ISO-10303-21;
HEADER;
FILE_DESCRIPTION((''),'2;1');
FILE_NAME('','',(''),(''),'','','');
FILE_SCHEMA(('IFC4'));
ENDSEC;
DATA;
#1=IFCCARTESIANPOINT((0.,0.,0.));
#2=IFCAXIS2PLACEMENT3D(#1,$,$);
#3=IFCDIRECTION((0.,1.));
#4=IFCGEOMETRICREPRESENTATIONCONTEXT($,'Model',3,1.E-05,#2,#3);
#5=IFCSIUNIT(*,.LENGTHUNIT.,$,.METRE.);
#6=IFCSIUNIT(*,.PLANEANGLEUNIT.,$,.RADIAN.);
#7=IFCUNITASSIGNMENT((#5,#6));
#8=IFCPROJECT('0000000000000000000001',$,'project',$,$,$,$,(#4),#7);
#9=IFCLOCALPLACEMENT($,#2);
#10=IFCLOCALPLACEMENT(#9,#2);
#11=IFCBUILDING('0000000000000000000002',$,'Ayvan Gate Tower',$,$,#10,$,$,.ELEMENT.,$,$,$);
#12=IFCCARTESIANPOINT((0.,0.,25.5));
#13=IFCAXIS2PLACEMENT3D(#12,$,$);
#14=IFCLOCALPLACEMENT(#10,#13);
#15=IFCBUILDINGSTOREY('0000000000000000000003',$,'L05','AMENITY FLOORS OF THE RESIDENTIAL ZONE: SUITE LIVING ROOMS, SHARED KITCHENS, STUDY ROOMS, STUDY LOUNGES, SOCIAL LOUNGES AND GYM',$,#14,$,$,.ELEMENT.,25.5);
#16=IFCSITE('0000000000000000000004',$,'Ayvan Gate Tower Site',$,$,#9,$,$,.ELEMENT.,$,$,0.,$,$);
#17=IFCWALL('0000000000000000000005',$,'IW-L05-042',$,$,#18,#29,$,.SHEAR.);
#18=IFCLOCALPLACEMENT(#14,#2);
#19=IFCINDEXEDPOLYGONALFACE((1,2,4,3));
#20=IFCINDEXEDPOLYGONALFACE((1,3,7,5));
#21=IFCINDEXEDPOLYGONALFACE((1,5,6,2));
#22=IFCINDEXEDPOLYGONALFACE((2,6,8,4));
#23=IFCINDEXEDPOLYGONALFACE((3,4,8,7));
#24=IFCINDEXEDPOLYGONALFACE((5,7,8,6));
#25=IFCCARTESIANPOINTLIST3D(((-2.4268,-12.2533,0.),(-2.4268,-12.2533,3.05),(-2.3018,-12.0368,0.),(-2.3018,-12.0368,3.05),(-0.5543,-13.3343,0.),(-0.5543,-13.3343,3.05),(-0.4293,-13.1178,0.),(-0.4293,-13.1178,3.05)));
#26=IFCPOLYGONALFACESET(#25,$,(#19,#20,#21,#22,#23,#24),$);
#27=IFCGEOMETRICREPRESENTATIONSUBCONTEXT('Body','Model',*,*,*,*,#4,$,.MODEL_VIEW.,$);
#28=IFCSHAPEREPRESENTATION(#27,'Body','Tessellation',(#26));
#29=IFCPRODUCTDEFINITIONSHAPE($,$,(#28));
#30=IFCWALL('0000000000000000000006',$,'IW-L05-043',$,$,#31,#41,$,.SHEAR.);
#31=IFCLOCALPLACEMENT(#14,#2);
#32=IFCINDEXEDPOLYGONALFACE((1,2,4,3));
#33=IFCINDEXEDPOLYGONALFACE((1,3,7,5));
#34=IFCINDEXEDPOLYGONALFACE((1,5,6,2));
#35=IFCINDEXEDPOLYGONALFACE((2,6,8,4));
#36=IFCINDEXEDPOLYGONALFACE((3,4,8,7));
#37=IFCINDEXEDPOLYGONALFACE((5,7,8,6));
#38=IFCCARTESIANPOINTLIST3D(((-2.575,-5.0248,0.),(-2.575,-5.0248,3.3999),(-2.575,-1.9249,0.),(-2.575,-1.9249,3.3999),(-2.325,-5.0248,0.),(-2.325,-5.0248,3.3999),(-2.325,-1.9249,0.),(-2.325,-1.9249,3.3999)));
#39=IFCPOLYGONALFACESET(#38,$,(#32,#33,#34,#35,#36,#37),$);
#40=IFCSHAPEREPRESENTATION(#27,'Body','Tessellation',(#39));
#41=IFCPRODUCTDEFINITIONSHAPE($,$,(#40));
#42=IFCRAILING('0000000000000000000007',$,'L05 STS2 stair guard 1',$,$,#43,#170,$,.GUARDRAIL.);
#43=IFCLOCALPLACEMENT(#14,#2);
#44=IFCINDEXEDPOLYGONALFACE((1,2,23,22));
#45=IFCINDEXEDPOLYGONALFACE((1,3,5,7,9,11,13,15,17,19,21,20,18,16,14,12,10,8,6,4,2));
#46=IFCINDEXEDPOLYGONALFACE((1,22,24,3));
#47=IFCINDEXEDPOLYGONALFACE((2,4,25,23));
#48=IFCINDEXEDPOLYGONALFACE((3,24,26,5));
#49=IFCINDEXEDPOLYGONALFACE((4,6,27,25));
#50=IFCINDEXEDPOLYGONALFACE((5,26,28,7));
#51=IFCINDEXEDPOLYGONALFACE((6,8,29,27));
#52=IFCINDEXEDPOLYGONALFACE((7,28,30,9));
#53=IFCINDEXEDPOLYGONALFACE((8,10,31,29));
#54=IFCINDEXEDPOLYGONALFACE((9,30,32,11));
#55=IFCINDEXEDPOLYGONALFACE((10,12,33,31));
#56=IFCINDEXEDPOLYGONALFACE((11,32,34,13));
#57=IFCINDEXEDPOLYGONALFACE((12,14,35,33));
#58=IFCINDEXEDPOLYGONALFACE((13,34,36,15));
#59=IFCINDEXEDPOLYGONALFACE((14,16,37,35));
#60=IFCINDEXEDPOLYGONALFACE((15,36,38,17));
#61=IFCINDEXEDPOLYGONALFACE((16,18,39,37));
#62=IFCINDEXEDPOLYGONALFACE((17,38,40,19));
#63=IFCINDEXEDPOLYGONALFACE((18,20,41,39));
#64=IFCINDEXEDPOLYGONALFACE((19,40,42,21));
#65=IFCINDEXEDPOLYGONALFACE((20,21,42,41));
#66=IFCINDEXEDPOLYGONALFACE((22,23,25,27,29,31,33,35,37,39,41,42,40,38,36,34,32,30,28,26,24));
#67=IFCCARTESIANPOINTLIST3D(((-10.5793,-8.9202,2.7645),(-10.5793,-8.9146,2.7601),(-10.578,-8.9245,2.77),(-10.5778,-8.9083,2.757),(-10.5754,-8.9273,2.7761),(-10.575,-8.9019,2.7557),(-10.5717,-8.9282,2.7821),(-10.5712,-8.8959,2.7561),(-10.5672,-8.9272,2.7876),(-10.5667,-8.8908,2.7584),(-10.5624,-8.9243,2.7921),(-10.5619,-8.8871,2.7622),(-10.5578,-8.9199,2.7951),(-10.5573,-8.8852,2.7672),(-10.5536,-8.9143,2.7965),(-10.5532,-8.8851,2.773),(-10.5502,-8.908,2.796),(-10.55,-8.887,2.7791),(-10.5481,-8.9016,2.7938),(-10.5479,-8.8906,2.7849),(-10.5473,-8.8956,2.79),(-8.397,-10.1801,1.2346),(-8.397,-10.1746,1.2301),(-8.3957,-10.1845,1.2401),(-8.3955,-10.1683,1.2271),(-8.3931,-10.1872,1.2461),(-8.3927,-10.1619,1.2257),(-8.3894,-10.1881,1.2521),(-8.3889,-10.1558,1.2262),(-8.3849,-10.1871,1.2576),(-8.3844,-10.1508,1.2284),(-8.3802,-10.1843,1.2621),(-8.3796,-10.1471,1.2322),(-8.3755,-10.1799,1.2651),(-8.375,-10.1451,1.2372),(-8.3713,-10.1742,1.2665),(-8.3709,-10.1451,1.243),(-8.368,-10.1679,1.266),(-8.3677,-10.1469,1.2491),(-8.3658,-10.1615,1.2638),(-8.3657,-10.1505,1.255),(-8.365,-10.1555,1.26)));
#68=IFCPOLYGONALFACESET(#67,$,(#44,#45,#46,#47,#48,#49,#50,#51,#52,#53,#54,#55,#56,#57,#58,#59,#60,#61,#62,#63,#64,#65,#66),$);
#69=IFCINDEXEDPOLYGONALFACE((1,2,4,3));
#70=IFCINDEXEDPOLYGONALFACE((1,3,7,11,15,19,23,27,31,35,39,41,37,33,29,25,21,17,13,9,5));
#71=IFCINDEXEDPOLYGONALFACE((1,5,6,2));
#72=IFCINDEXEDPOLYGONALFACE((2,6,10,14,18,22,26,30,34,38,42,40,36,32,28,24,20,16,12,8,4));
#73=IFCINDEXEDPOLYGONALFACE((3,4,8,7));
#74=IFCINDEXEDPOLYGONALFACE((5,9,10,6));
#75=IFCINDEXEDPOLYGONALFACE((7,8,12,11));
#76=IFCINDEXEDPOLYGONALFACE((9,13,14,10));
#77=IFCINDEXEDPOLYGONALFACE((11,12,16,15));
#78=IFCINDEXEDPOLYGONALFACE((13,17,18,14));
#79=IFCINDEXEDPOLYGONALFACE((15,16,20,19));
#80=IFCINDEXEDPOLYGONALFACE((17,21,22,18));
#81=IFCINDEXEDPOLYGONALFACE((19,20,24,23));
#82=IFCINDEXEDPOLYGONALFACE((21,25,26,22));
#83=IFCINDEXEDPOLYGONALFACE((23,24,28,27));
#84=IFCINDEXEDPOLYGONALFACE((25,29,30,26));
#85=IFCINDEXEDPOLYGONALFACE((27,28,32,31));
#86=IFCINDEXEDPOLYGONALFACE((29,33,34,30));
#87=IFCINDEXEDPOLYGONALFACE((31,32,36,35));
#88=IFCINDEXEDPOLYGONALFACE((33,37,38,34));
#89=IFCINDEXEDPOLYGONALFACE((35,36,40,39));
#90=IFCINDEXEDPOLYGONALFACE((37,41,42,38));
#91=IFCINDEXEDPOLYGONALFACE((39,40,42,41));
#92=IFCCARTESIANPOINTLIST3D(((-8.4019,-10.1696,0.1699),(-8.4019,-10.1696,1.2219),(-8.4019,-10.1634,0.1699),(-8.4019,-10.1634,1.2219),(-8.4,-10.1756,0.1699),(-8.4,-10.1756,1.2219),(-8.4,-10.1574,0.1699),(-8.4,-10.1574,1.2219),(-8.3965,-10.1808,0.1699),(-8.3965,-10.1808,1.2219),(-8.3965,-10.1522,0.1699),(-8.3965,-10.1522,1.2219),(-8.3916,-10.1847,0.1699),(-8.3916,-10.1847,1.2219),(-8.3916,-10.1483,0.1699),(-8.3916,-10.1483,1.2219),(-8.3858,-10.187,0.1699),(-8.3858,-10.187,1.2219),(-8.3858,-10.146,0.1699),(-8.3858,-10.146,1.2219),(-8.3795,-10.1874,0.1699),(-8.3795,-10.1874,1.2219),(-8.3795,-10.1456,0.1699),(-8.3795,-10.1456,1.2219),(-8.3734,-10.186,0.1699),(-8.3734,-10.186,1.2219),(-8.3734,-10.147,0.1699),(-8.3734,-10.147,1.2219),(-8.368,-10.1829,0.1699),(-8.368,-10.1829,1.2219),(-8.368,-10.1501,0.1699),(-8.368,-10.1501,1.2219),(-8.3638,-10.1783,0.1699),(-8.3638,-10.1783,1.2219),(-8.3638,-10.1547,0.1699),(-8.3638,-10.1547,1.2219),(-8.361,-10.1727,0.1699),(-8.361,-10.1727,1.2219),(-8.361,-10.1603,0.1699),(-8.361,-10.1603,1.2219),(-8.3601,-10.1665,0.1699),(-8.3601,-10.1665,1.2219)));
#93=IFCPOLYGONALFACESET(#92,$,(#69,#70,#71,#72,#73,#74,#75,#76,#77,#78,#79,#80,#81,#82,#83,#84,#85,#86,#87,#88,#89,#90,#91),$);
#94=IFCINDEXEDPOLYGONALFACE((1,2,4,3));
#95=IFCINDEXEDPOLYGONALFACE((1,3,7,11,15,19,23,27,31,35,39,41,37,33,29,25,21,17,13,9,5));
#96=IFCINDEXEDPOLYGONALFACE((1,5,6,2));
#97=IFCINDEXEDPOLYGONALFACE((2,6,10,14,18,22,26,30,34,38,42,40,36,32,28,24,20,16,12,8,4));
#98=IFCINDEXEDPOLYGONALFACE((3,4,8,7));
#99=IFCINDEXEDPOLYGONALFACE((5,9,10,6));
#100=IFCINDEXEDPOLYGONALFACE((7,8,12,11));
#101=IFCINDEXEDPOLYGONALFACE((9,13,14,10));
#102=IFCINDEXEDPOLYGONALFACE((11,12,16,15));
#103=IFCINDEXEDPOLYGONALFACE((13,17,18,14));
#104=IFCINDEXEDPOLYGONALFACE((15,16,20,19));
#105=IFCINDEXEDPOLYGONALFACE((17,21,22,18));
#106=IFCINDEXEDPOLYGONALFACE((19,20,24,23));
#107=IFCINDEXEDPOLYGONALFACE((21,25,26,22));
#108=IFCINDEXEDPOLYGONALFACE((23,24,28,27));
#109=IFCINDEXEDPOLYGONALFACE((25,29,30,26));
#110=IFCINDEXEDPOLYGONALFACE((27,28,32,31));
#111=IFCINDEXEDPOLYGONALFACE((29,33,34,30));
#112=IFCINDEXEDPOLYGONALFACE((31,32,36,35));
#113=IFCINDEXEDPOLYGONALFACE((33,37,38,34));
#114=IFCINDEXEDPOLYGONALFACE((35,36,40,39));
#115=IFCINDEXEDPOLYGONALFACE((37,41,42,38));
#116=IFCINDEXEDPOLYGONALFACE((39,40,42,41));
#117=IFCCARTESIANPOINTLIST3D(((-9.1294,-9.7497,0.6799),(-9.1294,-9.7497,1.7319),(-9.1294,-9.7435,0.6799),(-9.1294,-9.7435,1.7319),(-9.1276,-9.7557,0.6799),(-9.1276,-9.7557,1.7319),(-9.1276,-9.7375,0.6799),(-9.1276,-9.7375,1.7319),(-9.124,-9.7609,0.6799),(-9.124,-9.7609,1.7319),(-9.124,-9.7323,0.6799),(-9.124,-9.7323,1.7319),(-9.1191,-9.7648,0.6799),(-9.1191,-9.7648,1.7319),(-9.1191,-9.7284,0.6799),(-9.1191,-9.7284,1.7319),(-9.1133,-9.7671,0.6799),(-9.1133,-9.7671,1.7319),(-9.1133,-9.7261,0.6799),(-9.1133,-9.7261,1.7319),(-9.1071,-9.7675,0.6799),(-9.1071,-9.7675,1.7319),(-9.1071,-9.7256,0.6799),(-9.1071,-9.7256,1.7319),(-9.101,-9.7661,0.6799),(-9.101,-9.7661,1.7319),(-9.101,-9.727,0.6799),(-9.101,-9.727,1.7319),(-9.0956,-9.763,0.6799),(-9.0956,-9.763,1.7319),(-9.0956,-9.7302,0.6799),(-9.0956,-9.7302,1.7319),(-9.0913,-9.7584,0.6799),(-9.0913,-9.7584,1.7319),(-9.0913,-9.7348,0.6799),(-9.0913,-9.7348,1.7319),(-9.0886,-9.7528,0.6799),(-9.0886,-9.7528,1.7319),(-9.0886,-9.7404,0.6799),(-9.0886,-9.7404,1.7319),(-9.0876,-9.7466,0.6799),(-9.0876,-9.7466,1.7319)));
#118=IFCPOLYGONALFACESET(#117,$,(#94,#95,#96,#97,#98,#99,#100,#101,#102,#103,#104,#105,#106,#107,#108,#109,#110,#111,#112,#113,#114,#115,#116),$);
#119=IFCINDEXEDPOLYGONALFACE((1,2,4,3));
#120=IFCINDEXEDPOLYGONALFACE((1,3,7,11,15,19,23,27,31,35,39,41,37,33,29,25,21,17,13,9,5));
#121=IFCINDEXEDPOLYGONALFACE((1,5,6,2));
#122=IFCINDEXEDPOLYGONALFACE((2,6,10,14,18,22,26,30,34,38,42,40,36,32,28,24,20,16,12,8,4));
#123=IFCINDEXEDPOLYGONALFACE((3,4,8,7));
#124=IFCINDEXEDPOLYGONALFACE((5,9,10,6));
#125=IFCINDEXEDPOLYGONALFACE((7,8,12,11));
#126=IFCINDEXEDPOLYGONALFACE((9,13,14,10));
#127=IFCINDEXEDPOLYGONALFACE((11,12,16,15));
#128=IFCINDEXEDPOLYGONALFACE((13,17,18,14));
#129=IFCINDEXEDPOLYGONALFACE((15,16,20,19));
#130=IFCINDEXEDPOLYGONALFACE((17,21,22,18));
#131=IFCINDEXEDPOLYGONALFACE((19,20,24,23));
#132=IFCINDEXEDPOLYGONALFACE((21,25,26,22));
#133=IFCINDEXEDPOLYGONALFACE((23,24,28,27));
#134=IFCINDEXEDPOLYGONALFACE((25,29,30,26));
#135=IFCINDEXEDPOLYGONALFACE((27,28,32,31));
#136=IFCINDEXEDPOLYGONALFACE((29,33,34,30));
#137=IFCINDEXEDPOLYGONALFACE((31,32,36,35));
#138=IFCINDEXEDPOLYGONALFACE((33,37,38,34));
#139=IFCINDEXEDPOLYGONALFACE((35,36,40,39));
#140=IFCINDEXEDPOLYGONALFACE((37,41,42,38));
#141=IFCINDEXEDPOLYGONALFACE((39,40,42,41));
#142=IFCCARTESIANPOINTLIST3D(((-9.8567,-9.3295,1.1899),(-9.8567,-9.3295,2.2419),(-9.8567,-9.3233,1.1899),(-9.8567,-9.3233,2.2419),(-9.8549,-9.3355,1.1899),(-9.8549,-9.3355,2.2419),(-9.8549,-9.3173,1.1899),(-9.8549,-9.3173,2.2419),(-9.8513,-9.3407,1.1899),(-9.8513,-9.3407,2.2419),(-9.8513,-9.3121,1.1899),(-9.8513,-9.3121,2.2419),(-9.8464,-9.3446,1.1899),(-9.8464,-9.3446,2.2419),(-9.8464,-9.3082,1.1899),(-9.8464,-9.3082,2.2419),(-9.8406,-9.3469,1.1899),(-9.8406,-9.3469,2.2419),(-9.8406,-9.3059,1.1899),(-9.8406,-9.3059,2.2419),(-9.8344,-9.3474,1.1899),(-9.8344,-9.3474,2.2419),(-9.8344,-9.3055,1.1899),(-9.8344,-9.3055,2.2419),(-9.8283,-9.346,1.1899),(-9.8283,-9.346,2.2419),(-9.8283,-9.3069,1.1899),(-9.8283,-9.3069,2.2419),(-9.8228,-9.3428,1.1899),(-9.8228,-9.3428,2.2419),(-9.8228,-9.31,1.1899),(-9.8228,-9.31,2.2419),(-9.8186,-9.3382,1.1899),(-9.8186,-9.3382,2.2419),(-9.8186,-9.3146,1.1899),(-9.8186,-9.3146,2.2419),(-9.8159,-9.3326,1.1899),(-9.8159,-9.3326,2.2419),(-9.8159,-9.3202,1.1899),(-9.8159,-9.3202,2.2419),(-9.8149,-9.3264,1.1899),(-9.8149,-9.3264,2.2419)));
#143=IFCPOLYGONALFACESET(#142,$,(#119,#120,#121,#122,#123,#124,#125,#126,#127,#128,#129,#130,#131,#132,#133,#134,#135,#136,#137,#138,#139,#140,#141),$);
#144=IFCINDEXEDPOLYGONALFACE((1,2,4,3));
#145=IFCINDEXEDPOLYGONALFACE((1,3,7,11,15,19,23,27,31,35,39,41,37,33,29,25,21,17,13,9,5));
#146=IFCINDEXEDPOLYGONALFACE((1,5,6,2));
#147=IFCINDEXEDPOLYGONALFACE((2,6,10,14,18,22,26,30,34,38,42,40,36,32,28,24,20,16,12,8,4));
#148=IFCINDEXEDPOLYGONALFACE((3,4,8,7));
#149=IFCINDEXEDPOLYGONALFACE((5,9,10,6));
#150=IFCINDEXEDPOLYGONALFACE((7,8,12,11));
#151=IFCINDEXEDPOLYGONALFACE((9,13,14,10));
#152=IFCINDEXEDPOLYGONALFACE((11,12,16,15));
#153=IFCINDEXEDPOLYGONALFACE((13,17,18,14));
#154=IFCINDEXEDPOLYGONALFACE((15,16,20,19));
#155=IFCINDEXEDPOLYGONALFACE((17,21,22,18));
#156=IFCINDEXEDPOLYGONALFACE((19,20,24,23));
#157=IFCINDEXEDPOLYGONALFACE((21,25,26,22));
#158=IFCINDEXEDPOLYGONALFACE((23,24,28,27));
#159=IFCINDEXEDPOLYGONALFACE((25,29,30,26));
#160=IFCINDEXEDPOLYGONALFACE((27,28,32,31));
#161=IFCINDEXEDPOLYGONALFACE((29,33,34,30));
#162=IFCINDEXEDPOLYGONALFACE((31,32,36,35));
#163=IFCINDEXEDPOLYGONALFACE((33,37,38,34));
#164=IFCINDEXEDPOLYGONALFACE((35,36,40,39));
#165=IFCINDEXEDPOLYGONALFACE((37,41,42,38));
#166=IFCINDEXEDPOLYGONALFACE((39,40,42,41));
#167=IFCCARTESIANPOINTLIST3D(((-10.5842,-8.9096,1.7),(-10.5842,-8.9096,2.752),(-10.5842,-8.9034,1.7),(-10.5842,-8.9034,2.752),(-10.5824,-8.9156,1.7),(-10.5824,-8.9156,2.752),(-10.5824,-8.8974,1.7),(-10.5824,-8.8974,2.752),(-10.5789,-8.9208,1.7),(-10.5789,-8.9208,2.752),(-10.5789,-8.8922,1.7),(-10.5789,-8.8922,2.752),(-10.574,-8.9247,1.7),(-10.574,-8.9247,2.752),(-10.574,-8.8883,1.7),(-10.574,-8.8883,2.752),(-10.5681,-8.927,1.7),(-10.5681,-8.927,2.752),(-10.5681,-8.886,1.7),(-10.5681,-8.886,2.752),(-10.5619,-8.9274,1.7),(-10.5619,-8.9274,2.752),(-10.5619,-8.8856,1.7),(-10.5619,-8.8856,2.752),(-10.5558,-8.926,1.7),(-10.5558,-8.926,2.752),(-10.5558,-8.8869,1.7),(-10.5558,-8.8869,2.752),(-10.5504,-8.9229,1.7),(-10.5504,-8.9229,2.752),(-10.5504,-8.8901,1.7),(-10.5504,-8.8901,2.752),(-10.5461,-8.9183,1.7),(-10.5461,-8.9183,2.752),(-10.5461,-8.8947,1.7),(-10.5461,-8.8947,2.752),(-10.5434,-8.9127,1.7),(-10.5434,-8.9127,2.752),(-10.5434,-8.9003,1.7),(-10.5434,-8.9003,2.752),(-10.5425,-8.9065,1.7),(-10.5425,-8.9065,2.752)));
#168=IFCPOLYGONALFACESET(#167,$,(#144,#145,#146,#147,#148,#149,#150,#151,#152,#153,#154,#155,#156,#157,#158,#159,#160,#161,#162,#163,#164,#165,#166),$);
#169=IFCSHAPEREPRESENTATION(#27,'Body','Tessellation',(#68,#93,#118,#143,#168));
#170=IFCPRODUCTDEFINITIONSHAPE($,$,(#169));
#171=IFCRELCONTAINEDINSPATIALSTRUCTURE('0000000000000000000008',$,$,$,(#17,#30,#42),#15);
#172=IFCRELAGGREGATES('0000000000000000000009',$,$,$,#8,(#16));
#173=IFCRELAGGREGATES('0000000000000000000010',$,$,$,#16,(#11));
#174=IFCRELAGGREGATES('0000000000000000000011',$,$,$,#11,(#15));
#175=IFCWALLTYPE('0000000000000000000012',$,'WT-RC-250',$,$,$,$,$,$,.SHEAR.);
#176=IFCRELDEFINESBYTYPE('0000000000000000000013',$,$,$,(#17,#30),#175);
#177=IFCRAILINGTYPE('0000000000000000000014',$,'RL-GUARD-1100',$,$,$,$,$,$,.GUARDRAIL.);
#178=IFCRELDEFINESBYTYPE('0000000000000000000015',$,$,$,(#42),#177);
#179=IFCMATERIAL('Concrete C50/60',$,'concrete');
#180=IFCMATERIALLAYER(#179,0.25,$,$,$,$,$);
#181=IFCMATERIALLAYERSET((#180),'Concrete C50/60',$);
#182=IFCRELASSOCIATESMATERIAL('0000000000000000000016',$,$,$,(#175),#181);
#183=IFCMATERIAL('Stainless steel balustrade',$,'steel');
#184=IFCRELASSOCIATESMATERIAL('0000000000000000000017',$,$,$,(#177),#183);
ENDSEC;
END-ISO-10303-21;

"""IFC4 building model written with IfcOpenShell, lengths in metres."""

from ifc_helpers import new_model, si_unit, direction, frame, frame_2d, origin, origin_2d, place, context, subcontext, project, spatial, rectangle, circle, extrude, material, layer, layer_set, type_object, element, save


model = new_model("IFC4")

# Units and contexts
model_context = context("Model", 3, precision=1e-05, world=origin(), true_north=direction((0.0, 1.0)))
body_context = subcontext(model_context, "Body", "Model", "MODEL_VIEW")
ifc_project = project(units=[si_unit("LENGTHUNIT", "METRE"), si_unit("PLANEANGLEUNIT", "RADIAN")], contexts=[model_context])

# Site, building, storey
site_placement = place(None, origin())
site = spatial("IfcSite", under=ifc_project, at=site_placement, Name="Ayvan Gate Tower Site", CompositionType="ELEMENT", RefElevation=0.0)
building_placement = place(site_placement, origin())
building = spatial("IfcBuilding", under=site, at=building_placement, Name="Ayvan Gate Tower", CompositionType="ELEMENT")
storey_placement = place(building_placement, frame((0.0, 0.0, 25.5)))
storey = spatial("IfcBuildingStorey", under=building, at=storey_placement, Name="L05", Description="AMENITY FLOORS OF THE RESIDENTIAL ZONE: SUITE LIVING ROOMS, SHARED KITCHENS, STUDY ROOMS, STUDY LOUNGES, SOCIAL LOUNGES AND GYM", CompositionType="ELEMENT", Elevation=25.5)

# Shared definitions
ifc_material_1 = material(Name="Concrete C50/60", Category="concrete")
ifc_layer_1 = layer(ifc_material_1, 0.25)
ifc_layer_set_1 = layer_set([ifc_layer_1], Name="Concrete C50/60")
wall_type_1 = type_object("IfcWallType", Name="WT-RC-250", PredefinedType="SHEAR", material=ifc_layer_set_1)

# Walls
wall_1_placement = place(storey_placement, frame((-2.3643, -12.145, 0.0), z_axis=(0.0, 0.0, 1.0), x_axis=(0.866039, -0.499977, 0.0)))
element("IfcWall", 1, at=wall_1_placement, inside=storey, type_object=wall_type_1, Name="IW-L05-042", PredefinedType="SHEAR", context=body_context, shape_type="SweptSolid", body=[
    extrude(rectangle(XDim=2.1621, YDim=0.25, at=frame_2d((1.0811, 0.0))), origin(), (0.0, 0.0, 1.0), 3.05),
])
wall_2_placement = place(storey_placement, frame((-2.45, -1.925, 0.0), z_axis=(0.0, 0.0, 1.0), x_axis=(0.0, -1.0, 0.0)))
element("IfcWall", 2, at=wall_2_placement, inside=storey, type_object=wall_type_1, Name="IW-L05-043", PredefinedType="SHEAR", context=body_context, shape_type="SweptSolid", body=[
    extrude(rectangle(XDim=3.0999, YDim=0.25, at=frame_2d((1.5498, 0.0))), origin(), (0.0, 0.0, 1.0), 3.3999),
])

# Railing
ifc_material_2 = material(Name="Stainless steel balustrade", Category="steel")
railing_type_1 = type_object("IfcRailingType", Name="RL-GUARD-1100", PredefinedType="GUARDRAIL", material=ifc_material_2)
railing_1_placement = place(storey_placement, frame((-8.3811, -10.1665, 0.1699)))
element("IfcRailing", 3, at=railing_1_placement, inside=storey, type_object=railing_type_1, Name="L05 STS2 stair guard 1", PredefinedType="GUARDRAIL", context=body_context, shape_type="SweptSolid", body=[
    extrude(circle(Radius=0.0239, at=origin_2d()), frame((0.0, 0.0, 1.0762), z_axis=(-0.740261, 0.427395, 0.518986), x_axis=(-0.500005, -0.866023, 0.0)), (0.0, 0.0, 1.0), 2.948),
    extrude(circle(Radius=0.021, at=origin_2d()), origin(), (0.0, 0.0, 1.0), 1.052),
    extrude(circle(Radius=0.021, at=origin_2d()), frame((-0.7275, 0.4199, 0.51)), (0.0, 0.0, 1.0), 1.052),
    extrude(circle(Radius=0.021, at=origin_2d()), frame((-1.4548, 0.8401, 1.02)), (0.0, 0.0, 1.0), 1.052),
    extrude(circle(Radius=0.021, at=origin_2d()), frame((-2.1824, 1.26, 1.53)), (0.0, 0.0, 1.0), 1.052),
])

save(model, "model.ifc")
